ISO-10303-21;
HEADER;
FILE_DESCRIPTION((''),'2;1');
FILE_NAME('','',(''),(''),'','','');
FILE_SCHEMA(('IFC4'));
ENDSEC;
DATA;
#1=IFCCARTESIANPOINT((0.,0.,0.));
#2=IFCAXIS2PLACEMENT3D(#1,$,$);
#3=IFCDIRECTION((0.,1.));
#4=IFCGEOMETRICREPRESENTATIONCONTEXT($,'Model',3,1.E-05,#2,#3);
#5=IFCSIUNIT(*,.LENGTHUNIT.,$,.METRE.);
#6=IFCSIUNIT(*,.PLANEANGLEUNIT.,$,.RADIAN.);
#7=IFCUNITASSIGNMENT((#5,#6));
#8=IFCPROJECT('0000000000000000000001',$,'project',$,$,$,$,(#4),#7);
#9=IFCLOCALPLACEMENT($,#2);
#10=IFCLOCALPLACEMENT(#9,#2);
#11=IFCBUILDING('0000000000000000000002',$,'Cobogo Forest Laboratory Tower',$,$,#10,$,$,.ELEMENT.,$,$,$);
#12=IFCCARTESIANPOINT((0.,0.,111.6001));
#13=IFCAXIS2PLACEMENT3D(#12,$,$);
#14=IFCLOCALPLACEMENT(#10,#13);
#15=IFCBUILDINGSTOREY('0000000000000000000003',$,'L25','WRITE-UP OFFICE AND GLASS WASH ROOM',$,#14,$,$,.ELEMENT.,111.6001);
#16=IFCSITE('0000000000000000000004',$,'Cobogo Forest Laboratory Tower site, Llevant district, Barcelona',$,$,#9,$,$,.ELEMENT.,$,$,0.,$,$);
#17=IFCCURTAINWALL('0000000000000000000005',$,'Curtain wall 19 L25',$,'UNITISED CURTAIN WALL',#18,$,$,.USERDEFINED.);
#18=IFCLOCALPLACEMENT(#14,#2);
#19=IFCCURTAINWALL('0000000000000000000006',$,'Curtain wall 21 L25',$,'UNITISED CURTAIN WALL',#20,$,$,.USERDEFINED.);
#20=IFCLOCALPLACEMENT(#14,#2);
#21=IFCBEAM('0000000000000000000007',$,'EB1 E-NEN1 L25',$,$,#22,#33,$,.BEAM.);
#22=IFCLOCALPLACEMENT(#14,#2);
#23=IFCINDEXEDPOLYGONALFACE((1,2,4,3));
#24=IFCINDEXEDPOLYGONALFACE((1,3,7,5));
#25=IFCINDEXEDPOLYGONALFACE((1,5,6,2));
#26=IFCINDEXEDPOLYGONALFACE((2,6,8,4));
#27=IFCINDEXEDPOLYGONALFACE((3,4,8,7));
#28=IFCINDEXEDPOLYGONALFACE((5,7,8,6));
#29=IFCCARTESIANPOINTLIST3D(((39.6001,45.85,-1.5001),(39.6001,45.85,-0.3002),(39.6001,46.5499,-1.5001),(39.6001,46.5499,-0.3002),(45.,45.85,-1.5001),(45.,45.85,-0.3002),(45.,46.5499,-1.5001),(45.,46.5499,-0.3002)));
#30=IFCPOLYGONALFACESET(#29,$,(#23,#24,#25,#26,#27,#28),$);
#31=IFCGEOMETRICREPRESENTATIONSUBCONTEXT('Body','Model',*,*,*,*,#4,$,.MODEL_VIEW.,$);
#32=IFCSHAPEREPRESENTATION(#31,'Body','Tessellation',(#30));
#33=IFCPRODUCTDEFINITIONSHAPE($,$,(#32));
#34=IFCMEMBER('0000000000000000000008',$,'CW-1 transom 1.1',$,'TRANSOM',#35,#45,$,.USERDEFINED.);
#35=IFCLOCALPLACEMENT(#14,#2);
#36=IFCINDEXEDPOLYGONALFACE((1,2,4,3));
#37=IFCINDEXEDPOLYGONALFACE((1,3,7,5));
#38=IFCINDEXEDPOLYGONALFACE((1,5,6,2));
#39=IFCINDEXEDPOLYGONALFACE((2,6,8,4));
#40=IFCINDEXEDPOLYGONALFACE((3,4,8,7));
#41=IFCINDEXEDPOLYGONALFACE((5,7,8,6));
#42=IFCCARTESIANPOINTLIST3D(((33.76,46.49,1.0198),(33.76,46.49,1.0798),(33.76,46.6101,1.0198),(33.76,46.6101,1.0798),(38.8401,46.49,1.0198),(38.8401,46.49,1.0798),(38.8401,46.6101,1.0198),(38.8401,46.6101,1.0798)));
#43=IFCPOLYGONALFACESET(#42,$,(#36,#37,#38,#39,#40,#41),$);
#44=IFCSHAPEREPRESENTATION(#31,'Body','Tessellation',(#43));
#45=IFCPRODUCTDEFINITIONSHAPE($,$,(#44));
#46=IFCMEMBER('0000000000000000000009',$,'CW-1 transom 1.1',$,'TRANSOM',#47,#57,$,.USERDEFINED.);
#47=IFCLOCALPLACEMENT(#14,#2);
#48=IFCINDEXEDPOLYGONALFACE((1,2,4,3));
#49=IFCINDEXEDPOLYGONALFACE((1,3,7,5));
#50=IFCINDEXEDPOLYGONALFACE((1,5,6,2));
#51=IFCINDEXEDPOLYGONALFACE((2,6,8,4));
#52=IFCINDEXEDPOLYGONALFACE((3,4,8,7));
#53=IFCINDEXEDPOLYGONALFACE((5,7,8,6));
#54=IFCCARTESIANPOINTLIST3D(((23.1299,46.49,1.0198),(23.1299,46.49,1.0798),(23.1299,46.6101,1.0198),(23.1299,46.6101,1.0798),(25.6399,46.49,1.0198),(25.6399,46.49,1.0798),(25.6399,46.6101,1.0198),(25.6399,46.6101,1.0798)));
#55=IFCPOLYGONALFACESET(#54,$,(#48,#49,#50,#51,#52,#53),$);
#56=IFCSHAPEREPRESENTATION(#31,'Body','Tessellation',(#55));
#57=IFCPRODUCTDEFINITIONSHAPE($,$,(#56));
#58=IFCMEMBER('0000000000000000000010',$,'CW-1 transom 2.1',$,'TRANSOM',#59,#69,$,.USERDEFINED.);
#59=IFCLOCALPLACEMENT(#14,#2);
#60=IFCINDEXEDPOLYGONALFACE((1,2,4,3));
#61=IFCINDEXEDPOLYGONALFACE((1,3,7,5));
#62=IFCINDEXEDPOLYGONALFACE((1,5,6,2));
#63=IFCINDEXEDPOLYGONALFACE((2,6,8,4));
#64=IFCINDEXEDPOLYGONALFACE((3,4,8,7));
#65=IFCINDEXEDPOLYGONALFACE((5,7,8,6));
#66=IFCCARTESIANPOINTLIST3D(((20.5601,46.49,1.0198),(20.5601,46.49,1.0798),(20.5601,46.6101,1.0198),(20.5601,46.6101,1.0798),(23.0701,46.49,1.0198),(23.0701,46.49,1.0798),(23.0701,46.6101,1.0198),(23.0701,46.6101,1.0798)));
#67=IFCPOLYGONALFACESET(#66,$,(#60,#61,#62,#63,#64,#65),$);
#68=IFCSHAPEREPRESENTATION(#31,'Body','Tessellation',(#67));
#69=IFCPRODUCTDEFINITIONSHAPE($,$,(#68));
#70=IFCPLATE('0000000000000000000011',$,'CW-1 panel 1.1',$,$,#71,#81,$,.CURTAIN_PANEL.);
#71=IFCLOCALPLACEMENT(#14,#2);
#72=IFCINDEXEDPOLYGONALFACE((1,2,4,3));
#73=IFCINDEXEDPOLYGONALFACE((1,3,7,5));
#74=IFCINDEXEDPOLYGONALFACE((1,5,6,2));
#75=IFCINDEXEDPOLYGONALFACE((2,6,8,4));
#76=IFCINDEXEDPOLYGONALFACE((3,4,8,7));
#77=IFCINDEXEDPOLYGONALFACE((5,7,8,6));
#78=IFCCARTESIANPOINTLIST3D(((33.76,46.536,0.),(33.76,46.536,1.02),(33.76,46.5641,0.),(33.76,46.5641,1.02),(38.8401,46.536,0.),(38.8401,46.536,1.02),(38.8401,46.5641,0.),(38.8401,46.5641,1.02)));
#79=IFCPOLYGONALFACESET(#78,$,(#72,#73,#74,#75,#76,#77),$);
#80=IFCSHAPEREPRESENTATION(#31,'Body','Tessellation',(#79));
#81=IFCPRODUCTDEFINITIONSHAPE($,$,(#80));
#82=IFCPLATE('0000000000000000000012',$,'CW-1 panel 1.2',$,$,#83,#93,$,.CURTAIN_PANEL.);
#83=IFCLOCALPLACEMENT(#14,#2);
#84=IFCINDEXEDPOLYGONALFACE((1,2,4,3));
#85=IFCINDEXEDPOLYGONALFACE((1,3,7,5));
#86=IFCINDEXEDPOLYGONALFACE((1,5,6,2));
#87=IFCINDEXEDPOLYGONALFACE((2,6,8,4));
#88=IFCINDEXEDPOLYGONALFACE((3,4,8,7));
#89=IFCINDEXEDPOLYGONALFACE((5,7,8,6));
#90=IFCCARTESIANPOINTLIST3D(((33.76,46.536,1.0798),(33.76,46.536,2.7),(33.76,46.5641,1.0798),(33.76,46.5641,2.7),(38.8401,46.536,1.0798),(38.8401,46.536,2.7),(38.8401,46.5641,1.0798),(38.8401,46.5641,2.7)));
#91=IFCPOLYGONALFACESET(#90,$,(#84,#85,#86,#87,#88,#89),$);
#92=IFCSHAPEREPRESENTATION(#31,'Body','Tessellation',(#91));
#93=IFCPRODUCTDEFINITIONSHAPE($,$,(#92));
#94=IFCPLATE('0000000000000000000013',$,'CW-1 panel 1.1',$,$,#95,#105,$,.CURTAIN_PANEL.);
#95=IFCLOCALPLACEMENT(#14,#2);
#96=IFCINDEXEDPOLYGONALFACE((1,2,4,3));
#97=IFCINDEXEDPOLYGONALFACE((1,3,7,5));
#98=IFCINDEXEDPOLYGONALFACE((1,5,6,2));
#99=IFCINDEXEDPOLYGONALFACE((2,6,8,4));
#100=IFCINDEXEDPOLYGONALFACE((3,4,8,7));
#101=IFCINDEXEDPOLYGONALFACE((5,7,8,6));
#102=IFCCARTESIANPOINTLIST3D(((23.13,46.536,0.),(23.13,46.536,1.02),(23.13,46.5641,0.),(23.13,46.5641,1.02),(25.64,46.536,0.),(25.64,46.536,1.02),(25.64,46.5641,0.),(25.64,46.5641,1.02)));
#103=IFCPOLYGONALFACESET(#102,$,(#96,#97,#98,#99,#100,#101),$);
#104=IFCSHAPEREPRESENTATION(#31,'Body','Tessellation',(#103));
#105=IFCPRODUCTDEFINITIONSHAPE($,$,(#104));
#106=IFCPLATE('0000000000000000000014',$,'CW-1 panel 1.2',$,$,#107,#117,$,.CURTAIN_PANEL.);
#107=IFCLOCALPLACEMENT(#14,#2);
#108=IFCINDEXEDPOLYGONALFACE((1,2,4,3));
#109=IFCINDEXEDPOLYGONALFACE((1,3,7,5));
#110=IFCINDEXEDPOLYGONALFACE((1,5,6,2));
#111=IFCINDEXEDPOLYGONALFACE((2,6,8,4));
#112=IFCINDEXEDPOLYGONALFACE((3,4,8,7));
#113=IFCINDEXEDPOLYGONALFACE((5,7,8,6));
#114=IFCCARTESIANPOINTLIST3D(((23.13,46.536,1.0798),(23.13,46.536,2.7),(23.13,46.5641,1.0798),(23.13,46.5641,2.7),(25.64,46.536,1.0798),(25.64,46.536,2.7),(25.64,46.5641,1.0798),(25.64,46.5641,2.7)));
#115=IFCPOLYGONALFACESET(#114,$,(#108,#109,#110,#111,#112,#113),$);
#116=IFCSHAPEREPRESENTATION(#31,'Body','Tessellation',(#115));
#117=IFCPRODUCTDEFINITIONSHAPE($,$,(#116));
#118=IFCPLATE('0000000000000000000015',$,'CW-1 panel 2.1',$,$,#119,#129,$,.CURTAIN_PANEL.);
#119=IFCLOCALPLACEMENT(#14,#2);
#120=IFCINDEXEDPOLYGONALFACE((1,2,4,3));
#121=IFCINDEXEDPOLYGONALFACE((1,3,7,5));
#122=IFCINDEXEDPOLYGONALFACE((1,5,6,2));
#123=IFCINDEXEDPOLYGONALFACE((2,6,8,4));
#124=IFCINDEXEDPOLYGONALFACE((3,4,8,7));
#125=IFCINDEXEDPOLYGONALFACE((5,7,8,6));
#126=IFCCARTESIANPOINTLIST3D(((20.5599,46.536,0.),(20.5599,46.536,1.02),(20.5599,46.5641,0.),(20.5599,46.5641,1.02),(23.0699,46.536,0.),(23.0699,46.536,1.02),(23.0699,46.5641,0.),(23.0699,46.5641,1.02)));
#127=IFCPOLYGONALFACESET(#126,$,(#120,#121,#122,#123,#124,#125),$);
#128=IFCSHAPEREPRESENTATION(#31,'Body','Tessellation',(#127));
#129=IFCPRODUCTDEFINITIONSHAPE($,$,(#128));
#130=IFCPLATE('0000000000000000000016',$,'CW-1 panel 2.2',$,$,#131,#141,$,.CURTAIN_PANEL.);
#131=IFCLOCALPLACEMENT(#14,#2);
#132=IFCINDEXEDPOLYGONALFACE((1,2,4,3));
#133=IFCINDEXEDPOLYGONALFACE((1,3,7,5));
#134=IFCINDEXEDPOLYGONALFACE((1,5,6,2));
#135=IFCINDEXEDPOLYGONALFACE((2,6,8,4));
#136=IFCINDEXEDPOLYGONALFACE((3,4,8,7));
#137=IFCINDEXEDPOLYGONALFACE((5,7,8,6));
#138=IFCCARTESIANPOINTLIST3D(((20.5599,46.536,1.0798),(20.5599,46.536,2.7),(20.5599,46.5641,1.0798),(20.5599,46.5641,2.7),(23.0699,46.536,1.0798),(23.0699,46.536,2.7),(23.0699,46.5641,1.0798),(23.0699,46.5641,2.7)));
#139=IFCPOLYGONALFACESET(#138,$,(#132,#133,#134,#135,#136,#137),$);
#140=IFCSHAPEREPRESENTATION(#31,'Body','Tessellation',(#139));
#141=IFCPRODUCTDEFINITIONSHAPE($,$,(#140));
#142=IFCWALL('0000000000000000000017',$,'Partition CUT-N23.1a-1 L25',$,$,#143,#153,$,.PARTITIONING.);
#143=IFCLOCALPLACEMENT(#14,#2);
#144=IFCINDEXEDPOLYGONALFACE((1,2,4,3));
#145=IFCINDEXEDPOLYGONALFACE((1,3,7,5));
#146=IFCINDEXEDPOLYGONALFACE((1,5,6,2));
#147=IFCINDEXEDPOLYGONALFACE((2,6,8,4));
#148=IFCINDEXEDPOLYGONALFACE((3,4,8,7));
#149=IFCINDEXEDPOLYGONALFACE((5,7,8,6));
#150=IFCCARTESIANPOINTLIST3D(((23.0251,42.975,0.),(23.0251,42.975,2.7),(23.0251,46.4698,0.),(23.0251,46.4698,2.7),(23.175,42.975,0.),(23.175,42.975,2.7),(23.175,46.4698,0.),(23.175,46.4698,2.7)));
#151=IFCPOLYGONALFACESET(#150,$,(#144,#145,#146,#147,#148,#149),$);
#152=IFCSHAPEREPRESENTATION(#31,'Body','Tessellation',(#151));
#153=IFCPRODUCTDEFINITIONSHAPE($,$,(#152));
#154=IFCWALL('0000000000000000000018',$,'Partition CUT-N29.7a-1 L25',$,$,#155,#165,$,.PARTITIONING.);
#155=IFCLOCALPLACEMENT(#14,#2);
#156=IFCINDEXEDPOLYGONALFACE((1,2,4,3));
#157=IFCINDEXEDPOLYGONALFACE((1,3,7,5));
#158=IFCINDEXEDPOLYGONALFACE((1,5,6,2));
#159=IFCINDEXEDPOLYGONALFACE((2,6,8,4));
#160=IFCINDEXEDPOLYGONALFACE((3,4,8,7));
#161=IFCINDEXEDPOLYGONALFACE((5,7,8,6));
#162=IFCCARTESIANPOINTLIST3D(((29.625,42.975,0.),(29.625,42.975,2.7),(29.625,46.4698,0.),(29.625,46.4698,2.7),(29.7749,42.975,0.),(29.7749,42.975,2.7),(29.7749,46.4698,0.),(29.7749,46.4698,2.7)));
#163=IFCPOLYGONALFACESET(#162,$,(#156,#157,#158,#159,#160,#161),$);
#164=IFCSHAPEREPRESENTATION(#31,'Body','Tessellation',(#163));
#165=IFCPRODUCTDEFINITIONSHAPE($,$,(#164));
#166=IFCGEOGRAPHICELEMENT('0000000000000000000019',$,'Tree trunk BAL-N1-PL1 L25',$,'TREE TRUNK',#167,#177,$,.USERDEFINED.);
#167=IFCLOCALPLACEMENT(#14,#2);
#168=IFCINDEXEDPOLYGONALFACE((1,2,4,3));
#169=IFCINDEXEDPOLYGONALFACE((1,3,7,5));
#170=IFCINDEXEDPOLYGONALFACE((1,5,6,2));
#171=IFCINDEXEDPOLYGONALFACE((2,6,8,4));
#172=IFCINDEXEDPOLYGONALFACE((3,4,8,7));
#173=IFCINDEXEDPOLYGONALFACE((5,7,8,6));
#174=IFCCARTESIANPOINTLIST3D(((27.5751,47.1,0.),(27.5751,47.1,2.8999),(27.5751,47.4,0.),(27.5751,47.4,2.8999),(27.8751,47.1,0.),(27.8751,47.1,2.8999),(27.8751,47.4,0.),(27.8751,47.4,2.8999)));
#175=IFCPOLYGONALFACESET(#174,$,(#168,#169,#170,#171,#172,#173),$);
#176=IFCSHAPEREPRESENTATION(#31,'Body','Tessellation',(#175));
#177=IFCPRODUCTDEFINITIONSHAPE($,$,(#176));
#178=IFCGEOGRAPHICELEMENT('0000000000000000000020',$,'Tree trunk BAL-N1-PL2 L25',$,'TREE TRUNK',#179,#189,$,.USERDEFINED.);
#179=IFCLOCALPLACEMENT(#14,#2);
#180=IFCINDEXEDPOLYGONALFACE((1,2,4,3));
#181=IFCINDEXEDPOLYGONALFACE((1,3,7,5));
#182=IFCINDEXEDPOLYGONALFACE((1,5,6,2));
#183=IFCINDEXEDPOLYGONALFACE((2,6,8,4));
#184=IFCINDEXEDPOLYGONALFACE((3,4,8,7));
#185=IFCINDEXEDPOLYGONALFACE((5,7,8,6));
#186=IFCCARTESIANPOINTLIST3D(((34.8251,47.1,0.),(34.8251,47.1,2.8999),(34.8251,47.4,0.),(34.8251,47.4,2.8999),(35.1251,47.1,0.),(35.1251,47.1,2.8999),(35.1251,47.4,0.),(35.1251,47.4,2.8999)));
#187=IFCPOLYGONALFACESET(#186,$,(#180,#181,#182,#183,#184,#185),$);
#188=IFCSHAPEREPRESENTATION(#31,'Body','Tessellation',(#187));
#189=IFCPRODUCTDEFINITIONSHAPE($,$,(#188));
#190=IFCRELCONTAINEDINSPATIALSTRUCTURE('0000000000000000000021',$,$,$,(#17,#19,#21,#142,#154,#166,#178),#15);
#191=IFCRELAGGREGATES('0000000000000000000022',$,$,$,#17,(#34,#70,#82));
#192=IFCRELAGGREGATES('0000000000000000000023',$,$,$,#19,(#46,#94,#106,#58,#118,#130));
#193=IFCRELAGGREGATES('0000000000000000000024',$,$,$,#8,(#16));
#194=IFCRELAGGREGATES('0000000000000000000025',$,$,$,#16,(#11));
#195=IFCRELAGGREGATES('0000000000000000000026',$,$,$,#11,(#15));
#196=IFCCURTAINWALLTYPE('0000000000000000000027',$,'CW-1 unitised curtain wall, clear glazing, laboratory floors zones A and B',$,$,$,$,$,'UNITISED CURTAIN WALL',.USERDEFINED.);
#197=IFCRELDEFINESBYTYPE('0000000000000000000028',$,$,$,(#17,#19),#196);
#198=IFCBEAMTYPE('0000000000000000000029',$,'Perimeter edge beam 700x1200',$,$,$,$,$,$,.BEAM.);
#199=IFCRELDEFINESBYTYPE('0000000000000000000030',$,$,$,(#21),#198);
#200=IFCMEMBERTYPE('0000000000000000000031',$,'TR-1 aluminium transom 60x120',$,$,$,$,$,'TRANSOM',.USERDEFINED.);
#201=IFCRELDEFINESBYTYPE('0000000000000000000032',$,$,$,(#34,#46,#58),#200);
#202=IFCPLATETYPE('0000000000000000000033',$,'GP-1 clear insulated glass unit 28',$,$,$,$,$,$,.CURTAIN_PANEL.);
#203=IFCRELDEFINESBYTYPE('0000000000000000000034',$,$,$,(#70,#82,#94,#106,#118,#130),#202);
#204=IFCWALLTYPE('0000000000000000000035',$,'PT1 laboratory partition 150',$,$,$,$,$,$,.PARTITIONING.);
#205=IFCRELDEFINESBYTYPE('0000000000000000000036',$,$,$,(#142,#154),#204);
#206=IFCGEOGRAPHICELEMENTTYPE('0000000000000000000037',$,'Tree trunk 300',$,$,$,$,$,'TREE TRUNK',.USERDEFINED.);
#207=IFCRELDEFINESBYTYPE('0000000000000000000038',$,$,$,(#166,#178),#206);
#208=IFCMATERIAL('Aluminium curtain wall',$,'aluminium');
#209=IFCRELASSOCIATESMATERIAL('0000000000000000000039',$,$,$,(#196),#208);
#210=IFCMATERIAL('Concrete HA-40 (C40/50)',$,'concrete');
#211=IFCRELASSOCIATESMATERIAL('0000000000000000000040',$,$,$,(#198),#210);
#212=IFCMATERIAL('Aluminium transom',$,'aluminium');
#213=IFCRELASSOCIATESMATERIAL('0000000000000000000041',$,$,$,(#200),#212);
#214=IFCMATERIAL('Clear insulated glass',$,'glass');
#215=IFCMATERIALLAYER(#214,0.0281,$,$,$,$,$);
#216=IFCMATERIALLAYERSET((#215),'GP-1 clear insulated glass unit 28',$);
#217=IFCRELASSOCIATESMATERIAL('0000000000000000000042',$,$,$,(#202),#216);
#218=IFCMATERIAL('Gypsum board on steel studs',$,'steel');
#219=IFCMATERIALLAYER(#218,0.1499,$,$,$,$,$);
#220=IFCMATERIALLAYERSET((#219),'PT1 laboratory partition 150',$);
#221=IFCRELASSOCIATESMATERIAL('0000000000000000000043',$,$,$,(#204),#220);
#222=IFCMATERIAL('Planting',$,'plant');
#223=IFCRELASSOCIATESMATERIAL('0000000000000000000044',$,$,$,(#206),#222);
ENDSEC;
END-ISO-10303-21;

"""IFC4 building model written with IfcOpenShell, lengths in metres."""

from ifc_helpers import new_model, si_unit, direction, frame, frame_2d, origin, origin_2d, place, context, subcontext, project, spatial, rectangle, extrude, material, layer, layer_set, material_profile, profile_set, type_object, element, aggregate, save


model = new_model("IFC4")

# Units and contexts
model_context = context("Model", 3, precision=1e-05, world=origin(), true_north=direction((0.0, 1.0)))
body_context = subcontext(model_context, "Body", "Model", "MODEL_VIEW")
ifc_project = project(units=[si_unit("LENGTHUNIT", "METRE"), si_unit("PLANEANGLEUNIT", "RADIAN")], contexts=[model_context])

# Site, building, storey
site_placement = place(None, origin())
site = spatial("IfcSite", under=ifc_project, at=site_placement, Name="Cobogo Forest Laboratory Tower site, Llevant district, Barcelona", CompositionType="ELEMENT", RefElevation=0.0)
building_placement = place(site_placement, origin())
building = spatial("IfcBuilding", under=site, at=building_placement, Name="Cobogo Forest Laboratory Tower", CompositionType="ELEMENT")
storey_placement = place(building_placement, frame((0.0, 0.0, 111.6001)))
storey = spatial("IfcBuildingStorey", under=building, at=storey_placement, Name="L25", Description="WRITE-UP OFFICE AND GLASS WASH ROOM", CompositionType="ELEMENT", Elevation=111.6001)

# Shared definitions
ifc_material_1 = material(Name="Concrete HA-40 (C40/50)", Category="concrete")

# Curtain walls
ifc_material_2 = material(Name="Aluminium curtain wall", Category="aluminium")
curtain_wall_type = type_object("IfcCurtainWallType", Name="CW-1 unitised curtain wall, clear glazing, laboratory floors zones A and B", ElementType="UNITISED CURTAIN WALL", PredefinedType="USERDEFINED", material=ifc_material_2)
curtain_wall_1_placement = place(storey_placement, origin())
curtain_wall_1 = element("IfcCurtainWall", 1, at=curtain_wall_1_placement, inside=storey, type_object=curtain_wall_type, Name="Curtain wall 19 L25", ObjectType="UNITISED CURTAIN WALL", PredefinedType="USERDEFINED")
curtain_wall_2_placement = place(storey_placement, origin())
curtain_wall_2 = element("IfcCurtainWall", 2, at=curtain_wall_2_placement, inside=storey, type_object=curtain_wall_type, Name="Curtain wall 21 L25", ObjectType="UNITISED CURTAIN WALL", PredefinedType="USERDEFINED")

# Beam
ifc_material_profile_1 = material_profile(ifc_material_1, rectangle(XDim=0.7, YDim=1.2, at=origin_2d()), Name="RC 700x1200")
ifc_profile_set_1 = profile_set([ifc_material_profile_1], Name="Concrete HA-40 (C40/50)")
beam_type_1 = type_object("IfcBeamType", Name="Perimeter edge beam 700x1200", PredefinedType="BEAM", material=ifc_profile_set_1)
beam_placement = place(storey_placement, frame((39.6001, 46.2, -0.9001), z_axis=(1.0, 0.0, 0.0), x_axis=(0.0, 1.0, 0.0)))
element("IfcBeam", 3, at=beam_placement, inside=storey, type_object=beam_type_1, Name="EB1 E-NEN1 L25", PredefinedType="BEAM", context=body_context, shape_type="SweptSolid", body=[
    extrude(rectangle(XDim=0.7, YDim=1.2, at=origin_2d()), origin(), (0.0, 0.0, 1.0), 5.3999),
])

# Members
ifc_material_3 = material(Name="Aluminium transom", Category="aluminium")
ifc_material_profile_2 = material_profile(ifc_material_3, rectangle(XDim=0.1201, YDim=0.0601, at=origin_2d()), Name="AL 60x120")
ifc_profile_set_2 = profile_set([ifc_material_profile_2], Name="Aluminium transom")
member_type_1 = type_object("IfcMemberType", Name="TR-1 aluminium transom 60x120", ElementType="TRANSOM", PredefinedType="USERDEFINED", material=ifc_profile_set_2)
member_1_placement = place(storey_placement, frame((38.8401, 46.55, 1.0498), z_axis=(-1.0, 0.0, 0.0), x_axis=(0.0, -1.0, 0.0)))
member_1 = element("IfcMember", 4, at=member_1_placement, type_object=member_type_1, Name="CW-1 transom 1.1", ObjectType="TRANSOM", PredefinedType="USERDEFINED", context=body_context, shape_type="SweptSolid", body=[
    extrude(rectangle(XDim=0.1201, YDim=0.0601, at=origin_2d()), origin(), (0.0, 0.0, 1.0), 5.0801),
])
member_2_placement = place(storey_placement, frame((25.6399, 46.55, 1.0498), z_axis=(-1.0, 0.0, 0.0), x_axis=(0.0, -1.0, 0.0)))
member_2 = element("IfcMember", 5, at=member_2_placement, type_object=member_type_1, Name="CW-1 transom 1.1", ObjectType="TRANSOM", PredefinedType="USERDEFINED", context=body_context, shape_type="SweptSolid", body=[
    extrude(rectangle(XDim=0.1201, YDim=0.0601, at=origin_2d()), origin(), (0.0, 0.0, 1.0), 2.51),
])
member_3_placement = place(storey_placement, frame((23.0701, 46.55, 1.0498), z_axis=(-1.0, 0.0, 0.0), x_axis=(0.0, -1.0, 0.0)))
member_3 = element("IfcMember", 6, at=member_3_placement, type_object=member_type_1, Name="CW-1 transom 2.1", ObjectType="TRANSOM", PredefinedType="USERDEFINED", context=body_context, shape_type="SweptSolid", body=[
    extrude(rectangle(XDim=0.1201, YDim=0.0601, at=origin_2d()), origin(), (0.0, 0.0, 1.0), 2.51),
])

# Plates
ifc_material_4 = material(Name="Clear insulated glass", Category="glass")
ifc_layer_1 = layer(ifc_material_4, 0.0281)
ifc_layer_set_1 = layer_set([ifc_layer_1], Name="GP-1 clear insulated glass unit 28")
plate_type_1 = type_object("IfcPlateType", Name="GP-1 clear insulated glass unit 28", PredefinedType="CURTAIN_PANEL", material=ifc_layer_set_1)
plate_1_placement = place(storey_placement, frame((36.3, 46.55, 0.0), z_axis=(0.0, 0.0, 1.0), x_axis=(-1.0, 0.0, 0.0)))
plate_1 = element("IfcPlate", 7, at=plate_1_placement, type_object=plate_type_1, Name="CW-1 panel 1.1", PredefinedType="CURTAIN_PANEL", context=body_context, shape_type="SweptSolid", body=[
    extrude(rectangle(XDim=5.0801, YDim=0.0281, at=origin_2d()), origin(), (0.0, 0.0, 1.0), 1.02),
])
plate_2_placement = place(storey_placement, frame((36.3, 46.55, 1.0798), z_axis=(0.0, 0.0, 1.0), x_axis=(-1.0, 0.0, 0.0)))
plate_2 = element("IfcPlate", 8, at=plate_2_placement, type_object=plate_type_1, Name="CW-1 panel 1.2", PredefinedType="CURTAIN_PANEL", context=body_context, shape_type="SweptSolid", body=[
    extrude(rectangle(XDim=5.0801, YDim=0.0281, at=origin_2d()), origin(), (0.0, 0.0, 1.0), 1.6201),
])
aggregate(curtain_wall_1, [member_1, plate_1, plate_2])
plate_3_placement = place(storey_placement, frame((24.385, 46.55, 0.0), z_axis=(0.0, 0.0, 1.0), x_axis=(-1.0, 0.0, 0.0)))
plate_3 = element("IfcPlate", 9, at=plate_3_placement, type_object=plate_type_1, Name="CW-1 panel 1.1", PredefinedType="CURTAIN_PANEL", context=body_context, shape_type="SweptSolid", body=[
    extrude(rectangle(XDim=2.51, YDim=0.0281, at=origin_2d()), origin(), (0.0, 0.0, 1.0), 1.02),
])
plate_4_placement = place(storey_placement, frame((24.385, 46.55, 1.0798), z_axis=(0.0, 0.0, 1.0), x_axis=(-1.0, 0.0, 0.0)))
plate_4 = element("IfcPlate", 10, at=plate_4_placement, type_object=plate_type_1, Name="CW-1 panel 1.2", PredefinedType="CURTAIN_PANEL", context=body_context, shape_type="SweptSolid", body=[
    extrude(rectangle(XDim=2.51, YDim=0.0281, at=origin_2d()), origin(), (0.0, 0.0, 1.0), 1.6201),
])
plate_5_placement = place(storey_placement, frame((21.8149, 46.55, 0.0), z_axis=(0.0, 0.0, 1.0), x_axis=(-1.0, 0.0, 0.0)))
plate_5 = element("IfcPlate", 11, at=plate_5_placement, type_object=plate_type_1, Name="CW-1 panel 2.1", PredefinedType="CURTAIN_PANEL", context=body_context, shape_type="SweptSolid", body=[
    extrude(rectangle(XDim=2.51, YDim=0.0281, at=origin_2d()), origin(), (0.0, 0.0, 1.0), 1.02),
])
plate_6_placement = place(storey_placement, frame((21.8149, 46.55, 1.0798), z_axis=(0.0, 0.0, 1.0), x_axis=(-1.0, 0.0, 0.0)))
plate_6 = element("IfcPlate", 12, at=plate_6_placement, type_object=plate_type_1, Name="CW-1 panel 2.2", PredefinedType="CURTAIN_PANEL", context=body_context, shape_type="SweptSolid", body=[
    extrude(rectangle(XDim=2.51, YDim=0.0281, at=origin_2d()), origin(), (0.0, 0.0, 1.0), 1.6201),
])
aggregate(curtain_wall_2, [member_2, plate_3, plate_4, member_3, plate_5, plate_6])

# Walls
ifc_material_5 = material(Name="Gypsum board on steel studs", Category="steel")
ifc_layer_2 = layer(ifc_material_5, 0.1499)
ifc_layer_set_2 = layer_set([ifc_layer_2], Name="PT1 laboratory partition 150")
wall_type_1 = type_object("IfcWallType", Name="PT1 laboratory partition 150", PredefinedType="PARTITIONING", material=ifc_layer_set_2)
for number, where, z_axis, x_axis, name in (
    (13, (23.1001, 46.47, 0.0), (0.0, 0.0, 1.0), (0.0, -1.0, 0.0), "Partition CUT-N23.1a-1 L25"),
    (14, (29.7, 46.47, 0.0), (0.0, 0.0, 1.0), (0.0, -1.0, 0.0), "Partition CUT-N29.7a-1 L25"),
):
    element("IfcWall", number, at=place(storey_placement, frame(where, z_axis=z_axis, x_axis=x_axis)), inside=storey, type_object=wall_type_1, Name=name, PredefinedType="PARTITIONING", context=body_context, shape_type="SweptSolid", body=[
        extrude(rectangle(XDim=3.4949, YDim=0.1499, at=frame_2d((1.7476, 0.0))), origin(), (0.0, 0.0, 1.0), 2.7),
    ])

# Geographic elements
ifc_material_6 = material(Name="Planting", Category="plant")
geographic_element_type = type_object("IfcGeographicElementType", Name="Tree trunk 300", ElementType="TREE TRUNK", PredefinedType="USERDEFINED", material=ifc_material_6)
for number, where, z_axis, x_axis, name in (
    (15, (27.7251, 47.25, 0.0), (0.0, 0.0, 1.0), (1.0, 0.0, 0.0), "Tree trunk BAL-N1-PL1 L25"),
    (16, (34.9751, 47.25, 0.0), (0.0, 0.0, 1.0), (1.0, 0.0, 0.0), "Tree trunk BAL-N1-PL2 L25"),
):
    element("IfcGeographicElement", number, at=place(storey_placement, frame(where, z_axis=z_axis, x_axis=x_axis)), inside=storey, type_object=geographic_element_type, Name=name, ObjectType="TREE TRUNK", PredefinedType="USERDEFINED", context=body_context, shape_type="SweptSolid", body=[
        extrude(rectangle(XDim=0.3, YDim=0.3, at=origin_2d()), origin(), (0.0, 0.0, 1.0), 2.8999),
    ])

save(model, "model.ifc")
